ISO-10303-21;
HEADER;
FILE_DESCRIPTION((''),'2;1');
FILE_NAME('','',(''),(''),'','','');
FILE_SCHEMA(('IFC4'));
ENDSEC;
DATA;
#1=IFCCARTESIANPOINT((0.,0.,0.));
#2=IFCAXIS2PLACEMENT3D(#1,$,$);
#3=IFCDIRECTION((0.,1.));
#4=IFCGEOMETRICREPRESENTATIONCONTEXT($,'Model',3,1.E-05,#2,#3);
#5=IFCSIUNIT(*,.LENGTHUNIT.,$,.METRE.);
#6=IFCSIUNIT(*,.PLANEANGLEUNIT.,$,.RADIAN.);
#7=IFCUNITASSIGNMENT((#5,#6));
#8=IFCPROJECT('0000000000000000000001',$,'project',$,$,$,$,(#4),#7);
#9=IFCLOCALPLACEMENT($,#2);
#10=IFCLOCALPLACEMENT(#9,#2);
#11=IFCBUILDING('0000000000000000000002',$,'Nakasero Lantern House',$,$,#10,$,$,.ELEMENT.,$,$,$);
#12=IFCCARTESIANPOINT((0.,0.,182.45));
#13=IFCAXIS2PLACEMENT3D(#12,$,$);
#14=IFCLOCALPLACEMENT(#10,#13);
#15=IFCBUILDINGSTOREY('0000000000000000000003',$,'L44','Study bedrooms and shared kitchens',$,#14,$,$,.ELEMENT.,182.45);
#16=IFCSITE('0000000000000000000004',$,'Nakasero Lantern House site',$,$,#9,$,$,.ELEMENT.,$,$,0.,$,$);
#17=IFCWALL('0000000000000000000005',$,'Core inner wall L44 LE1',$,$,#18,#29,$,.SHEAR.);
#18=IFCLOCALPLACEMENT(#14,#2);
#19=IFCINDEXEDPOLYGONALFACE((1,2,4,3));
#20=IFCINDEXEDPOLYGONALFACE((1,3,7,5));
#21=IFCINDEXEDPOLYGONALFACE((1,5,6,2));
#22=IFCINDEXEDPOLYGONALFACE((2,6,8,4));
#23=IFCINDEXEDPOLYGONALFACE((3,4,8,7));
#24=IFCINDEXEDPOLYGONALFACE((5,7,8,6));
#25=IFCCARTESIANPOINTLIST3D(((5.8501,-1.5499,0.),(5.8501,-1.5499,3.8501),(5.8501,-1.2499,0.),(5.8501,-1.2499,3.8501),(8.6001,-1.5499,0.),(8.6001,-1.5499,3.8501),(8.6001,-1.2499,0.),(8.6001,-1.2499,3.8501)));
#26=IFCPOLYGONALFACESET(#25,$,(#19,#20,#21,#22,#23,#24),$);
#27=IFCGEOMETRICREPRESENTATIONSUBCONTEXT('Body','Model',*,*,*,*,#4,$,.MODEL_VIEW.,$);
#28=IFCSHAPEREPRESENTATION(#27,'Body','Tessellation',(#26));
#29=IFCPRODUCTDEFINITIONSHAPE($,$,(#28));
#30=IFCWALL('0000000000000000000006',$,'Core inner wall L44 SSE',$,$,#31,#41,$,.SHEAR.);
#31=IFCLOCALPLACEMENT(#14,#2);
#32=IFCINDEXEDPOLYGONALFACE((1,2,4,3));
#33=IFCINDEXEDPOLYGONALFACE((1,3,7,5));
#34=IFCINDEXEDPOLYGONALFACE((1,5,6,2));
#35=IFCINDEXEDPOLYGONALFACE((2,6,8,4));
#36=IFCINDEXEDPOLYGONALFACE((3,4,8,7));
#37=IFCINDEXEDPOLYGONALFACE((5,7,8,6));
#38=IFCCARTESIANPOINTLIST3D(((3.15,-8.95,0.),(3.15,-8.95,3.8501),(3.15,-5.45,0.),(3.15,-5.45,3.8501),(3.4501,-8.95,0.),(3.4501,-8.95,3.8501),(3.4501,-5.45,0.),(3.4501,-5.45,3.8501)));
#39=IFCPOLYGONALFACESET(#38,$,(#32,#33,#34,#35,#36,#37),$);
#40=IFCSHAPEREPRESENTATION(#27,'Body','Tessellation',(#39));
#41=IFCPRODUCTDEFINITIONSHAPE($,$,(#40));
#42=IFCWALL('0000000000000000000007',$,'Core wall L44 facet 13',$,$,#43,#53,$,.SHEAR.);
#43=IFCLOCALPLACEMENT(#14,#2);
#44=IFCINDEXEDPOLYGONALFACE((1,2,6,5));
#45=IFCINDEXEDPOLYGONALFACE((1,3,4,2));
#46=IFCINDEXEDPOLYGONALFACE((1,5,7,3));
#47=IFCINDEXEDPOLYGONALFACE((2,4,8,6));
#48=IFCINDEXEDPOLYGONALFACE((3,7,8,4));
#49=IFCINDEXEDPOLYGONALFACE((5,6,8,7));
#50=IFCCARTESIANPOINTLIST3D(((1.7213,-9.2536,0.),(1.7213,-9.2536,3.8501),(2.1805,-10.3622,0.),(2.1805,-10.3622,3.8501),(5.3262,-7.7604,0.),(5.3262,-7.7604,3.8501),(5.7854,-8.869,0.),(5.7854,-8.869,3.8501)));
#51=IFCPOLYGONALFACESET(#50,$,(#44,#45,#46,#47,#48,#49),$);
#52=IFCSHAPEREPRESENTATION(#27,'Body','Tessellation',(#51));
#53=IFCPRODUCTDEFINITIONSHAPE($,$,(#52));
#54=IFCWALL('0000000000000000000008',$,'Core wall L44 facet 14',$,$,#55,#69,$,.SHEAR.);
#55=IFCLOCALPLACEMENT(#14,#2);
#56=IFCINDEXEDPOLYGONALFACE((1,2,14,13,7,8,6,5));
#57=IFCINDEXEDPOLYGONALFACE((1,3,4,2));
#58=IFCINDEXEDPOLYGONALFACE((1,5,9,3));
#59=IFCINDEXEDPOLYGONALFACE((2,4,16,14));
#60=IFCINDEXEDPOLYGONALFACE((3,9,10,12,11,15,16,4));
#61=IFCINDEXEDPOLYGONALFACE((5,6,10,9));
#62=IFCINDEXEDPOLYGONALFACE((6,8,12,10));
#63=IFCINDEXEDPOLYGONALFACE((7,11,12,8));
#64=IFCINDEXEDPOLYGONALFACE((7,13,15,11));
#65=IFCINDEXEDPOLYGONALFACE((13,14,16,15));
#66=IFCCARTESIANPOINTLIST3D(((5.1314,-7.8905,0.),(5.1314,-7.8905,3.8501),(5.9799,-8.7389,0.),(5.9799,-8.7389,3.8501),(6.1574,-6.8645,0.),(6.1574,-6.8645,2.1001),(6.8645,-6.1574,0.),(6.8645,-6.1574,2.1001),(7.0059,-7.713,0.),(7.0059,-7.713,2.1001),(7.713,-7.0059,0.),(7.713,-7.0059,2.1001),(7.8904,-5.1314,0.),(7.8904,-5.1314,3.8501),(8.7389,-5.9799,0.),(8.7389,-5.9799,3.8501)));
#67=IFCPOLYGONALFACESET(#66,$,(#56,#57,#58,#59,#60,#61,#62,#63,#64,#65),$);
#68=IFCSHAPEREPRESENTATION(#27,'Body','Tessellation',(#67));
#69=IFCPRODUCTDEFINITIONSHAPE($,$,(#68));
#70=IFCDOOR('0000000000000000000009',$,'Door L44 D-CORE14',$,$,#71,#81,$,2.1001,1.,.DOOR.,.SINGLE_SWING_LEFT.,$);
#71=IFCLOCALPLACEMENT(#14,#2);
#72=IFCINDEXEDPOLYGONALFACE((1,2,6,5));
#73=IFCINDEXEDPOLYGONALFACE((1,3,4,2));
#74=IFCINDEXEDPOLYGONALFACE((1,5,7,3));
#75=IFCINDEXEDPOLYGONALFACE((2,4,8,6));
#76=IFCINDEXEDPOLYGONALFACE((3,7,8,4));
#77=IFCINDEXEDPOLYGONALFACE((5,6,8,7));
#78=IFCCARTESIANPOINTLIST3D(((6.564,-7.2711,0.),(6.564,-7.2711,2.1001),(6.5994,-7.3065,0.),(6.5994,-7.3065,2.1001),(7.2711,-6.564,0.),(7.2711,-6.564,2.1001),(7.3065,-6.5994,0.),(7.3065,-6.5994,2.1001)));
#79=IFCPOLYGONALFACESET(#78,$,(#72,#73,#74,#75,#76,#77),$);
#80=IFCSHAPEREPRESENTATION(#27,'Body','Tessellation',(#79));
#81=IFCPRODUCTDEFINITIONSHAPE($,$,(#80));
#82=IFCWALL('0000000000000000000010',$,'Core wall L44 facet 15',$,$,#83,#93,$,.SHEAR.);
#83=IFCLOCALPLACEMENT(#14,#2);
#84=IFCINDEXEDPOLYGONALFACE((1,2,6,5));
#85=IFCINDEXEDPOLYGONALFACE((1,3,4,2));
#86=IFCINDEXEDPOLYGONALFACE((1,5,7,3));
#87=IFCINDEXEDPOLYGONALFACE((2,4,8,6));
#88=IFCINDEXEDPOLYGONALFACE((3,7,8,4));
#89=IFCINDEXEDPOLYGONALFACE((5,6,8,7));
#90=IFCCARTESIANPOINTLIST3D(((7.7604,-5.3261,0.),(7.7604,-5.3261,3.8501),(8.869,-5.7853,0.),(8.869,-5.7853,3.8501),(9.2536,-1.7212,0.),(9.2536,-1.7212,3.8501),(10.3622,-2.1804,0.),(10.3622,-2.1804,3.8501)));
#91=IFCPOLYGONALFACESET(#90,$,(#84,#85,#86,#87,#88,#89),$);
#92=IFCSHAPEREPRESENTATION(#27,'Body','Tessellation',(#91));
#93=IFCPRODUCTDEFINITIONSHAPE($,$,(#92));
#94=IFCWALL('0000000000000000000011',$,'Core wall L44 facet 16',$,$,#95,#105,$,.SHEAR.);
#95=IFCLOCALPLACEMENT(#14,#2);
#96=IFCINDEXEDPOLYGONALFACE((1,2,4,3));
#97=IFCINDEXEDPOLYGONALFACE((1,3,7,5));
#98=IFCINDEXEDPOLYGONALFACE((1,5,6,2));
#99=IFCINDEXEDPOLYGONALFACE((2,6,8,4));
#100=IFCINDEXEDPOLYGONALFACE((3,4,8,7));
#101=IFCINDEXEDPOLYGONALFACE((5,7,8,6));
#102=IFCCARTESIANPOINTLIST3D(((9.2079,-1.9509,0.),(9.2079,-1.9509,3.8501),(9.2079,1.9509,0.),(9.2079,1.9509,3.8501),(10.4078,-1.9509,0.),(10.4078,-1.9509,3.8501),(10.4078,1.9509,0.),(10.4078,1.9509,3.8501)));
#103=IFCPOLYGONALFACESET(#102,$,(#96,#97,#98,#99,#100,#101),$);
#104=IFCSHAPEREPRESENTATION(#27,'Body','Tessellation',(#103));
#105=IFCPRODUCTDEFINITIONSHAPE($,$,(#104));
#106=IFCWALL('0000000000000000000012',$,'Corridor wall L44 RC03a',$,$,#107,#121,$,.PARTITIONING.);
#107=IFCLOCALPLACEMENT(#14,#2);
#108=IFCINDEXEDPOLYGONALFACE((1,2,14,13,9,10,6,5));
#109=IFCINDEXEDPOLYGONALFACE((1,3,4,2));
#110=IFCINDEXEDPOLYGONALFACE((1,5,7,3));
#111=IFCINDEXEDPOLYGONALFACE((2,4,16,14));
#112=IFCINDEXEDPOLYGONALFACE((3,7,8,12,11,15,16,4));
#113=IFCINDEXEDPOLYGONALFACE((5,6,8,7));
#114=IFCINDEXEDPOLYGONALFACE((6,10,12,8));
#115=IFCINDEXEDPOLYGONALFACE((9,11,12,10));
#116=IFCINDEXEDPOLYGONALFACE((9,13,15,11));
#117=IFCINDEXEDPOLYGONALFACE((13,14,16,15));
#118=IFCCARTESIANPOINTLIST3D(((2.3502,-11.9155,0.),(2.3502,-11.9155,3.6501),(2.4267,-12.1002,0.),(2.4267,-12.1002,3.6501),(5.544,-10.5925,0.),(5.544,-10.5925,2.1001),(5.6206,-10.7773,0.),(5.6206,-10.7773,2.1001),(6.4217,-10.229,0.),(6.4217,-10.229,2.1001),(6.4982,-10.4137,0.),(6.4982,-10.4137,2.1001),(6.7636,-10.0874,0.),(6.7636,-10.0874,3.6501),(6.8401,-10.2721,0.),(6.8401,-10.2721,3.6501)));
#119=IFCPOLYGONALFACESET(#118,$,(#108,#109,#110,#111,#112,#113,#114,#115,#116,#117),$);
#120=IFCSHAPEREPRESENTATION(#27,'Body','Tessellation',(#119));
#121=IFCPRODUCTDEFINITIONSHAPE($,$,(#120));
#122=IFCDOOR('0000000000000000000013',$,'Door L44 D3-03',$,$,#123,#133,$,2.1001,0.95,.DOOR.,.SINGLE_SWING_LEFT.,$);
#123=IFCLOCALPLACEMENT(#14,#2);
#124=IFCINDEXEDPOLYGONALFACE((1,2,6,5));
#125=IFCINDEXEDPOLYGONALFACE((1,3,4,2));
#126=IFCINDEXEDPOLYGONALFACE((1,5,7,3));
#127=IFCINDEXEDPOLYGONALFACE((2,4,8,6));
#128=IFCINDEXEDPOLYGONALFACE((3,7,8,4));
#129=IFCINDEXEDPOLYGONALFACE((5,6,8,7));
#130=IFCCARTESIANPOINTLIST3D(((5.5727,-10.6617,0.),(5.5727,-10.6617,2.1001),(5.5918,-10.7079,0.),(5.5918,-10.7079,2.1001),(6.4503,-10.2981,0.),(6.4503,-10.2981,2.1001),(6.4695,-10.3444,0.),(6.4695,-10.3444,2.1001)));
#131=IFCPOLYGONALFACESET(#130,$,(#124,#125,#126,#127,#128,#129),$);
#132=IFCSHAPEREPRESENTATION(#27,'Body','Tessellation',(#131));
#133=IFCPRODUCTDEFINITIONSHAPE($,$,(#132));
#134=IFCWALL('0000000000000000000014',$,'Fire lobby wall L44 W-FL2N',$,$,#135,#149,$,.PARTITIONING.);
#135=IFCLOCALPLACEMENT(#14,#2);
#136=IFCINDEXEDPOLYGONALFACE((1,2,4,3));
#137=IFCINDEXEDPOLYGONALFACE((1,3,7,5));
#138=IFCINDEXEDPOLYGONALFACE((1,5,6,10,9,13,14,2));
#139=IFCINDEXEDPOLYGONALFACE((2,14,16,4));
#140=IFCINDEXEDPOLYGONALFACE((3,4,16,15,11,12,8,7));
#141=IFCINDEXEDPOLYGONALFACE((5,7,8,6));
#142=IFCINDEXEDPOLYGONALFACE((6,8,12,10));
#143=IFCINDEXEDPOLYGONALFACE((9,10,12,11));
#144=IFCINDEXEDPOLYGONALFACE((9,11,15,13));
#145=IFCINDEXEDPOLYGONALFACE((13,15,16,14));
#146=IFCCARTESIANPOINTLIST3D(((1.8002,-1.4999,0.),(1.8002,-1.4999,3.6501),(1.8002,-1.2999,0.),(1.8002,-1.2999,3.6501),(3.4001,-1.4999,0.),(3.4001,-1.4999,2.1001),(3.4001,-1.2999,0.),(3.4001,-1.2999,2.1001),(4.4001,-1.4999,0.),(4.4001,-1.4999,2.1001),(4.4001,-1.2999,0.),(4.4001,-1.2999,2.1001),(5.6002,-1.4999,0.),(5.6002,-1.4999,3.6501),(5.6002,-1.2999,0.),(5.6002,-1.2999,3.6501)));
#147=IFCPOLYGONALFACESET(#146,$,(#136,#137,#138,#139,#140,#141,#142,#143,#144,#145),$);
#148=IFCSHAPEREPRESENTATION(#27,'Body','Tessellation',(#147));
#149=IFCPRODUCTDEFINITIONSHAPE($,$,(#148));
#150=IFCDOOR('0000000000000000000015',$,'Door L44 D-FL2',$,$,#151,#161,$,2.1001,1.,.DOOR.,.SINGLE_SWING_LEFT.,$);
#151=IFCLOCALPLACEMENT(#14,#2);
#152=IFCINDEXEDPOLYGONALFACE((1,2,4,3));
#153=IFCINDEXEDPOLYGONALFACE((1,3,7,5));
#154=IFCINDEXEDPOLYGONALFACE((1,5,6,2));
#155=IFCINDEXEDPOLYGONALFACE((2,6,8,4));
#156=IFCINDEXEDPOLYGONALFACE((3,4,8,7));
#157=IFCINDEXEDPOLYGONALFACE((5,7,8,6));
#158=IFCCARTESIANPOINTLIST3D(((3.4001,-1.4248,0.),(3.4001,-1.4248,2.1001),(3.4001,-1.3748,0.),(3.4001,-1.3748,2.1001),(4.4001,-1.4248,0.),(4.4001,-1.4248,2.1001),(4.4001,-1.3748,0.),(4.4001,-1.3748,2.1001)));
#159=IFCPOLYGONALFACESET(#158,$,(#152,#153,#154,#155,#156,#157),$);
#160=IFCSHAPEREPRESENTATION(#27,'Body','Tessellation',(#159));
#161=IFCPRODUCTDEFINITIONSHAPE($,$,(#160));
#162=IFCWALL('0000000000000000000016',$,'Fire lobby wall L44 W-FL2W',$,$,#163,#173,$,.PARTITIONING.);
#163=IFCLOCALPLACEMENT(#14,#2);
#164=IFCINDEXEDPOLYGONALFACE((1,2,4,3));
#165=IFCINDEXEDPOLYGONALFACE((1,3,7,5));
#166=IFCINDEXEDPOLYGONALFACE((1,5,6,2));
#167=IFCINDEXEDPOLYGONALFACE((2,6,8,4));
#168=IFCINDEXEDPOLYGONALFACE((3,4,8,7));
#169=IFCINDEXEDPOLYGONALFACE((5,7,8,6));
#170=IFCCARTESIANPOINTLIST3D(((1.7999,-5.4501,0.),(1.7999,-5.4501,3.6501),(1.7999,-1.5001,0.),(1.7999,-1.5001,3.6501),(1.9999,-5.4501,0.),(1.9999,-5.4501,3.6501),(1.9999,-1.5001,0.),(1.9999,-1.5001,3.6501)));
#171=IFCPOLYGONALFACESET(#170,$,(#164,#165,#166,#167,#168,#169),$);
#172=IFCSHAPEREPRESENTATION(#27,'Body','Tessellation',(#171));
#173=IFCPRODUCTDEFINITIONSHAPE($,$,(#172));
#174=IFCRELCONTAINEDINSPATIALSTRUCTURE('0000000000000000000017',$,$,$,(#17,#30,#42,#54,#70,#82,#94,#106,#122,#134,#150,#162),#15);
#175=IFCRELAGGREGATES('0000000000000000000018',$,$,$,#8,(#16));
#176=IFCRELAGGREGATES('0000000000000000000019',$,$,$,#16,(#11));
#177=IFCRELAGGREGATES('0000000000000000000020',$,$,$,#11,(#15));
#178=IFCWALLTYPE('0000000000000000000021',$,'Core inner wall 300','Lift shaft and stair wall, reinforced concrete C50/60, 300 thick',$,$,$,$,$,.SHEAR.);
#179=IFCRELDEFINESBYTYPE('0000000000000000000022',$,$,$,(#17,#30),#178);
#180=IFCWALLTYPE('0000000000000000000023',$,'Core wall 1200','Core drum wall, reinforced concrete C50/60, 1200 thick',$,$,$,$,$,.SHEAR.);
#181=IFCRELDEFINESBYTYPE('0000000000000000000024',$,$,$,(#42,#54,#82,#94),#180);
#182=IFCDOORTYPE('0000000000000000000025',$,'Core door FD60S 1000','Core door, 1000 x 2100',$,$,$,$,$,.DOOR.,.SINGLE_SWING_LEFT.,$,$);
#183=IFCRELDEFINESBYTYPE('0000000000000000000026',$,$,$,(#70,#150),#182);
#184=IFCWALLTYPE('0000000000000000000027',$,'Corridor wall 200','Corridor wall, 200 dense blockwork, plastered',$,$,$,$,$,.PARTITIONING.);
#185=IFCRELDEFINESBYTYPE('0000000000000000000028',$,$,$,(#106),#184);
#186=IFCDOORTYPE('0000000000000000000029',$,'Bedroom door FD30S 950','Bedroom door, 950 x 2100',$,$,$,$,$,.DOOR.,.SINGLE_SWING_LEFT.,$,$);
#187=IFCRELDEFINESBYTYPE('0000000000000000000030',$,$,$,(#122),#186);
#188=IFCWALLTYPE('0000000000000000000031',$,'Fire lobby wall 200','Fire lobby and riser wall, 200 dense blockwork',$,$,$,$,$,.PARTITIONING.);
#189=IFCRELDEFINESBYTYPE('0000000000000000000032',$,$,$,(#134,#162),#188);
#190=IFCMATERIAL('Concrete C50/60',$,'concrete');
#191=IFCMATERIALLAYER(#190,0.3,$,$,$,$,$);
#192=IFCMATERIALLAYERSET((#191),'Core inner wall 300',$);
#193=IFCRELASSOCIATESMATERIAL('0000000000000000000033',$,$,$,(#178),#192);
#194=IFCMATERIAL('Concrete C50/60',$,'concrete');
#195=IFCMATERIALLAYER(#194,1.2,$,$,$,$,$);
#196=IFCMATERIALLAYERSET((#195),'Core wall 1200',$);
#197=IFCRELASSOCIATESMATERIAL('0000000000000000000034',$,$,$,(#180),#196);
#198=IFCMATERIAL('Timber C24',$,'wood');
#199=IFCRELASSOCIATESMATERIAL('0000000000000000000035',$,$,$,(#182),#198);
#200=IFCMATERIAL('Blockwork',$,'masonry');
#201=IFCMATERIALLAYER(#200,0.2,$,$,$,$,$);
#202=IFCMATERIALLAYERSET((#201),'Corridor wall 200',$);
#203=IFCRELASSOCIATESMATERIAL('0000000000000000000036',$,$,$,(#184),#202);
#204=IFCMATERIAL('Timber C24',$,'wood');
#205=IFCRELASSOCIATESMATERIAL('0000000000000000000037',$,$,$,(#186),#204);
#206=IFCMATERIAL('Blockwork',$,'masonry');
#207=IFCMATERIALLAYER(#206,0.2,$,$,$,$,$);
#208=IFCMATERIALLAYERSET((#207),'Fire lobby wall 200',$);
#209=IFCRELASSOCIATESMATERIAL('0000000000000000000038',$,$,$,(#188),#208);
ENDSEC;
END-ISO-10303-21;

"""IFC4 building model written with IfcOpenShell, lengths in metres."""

from ifc_helpers import new_model, si_unit, direction, frame, frame_2d, origin, place, context, subcontext, project, spatial, rectangle, extrude, material, layer, layer_set, type_object, element, fill, save


model = new_model("IFC4")

# Units and contexts
model_context = context("Model", 3, precision=1e-05, world=origin(), true_north=direction((0.0, 1.0)))
body_context = subcontext(model_context, "Body", "Model", "MODEL_VIEW")
ifc_project = project(units=[si_unit("LENGTHUNIT", "METRE"), si_unit("PLANEANGLEUNIT", "RADIAN")], contexts=[model_context])

# Site, building, storey
site_placement = place(None, origin())
site = spatial("IfcSite", under=ifc_project, at=site_placement, Name="Nakasero Lantern House site", CompositionType="ELEMENT", RefElevation=0.0)
building_placement = place(site_placement, origin())
building = spatial("IfcBuilding", under=site, at=building_placement, Name="Nakasero Lantern House", CompositionType="ELEMENT")
storey_placement = place(building_placement, frame((0.0, 0.0, 182.45)))
storey = spatial("IfcBuildingStorey", under=building, at=storey_placement, Name="L44", Description="Study bedrooms and shared kitchens", CompositionType="ELEMENT", Elevation=182.45)

# Shared definitions
ifc_material_1 = material(Name="Concrete C50/60", Category="concrete")
ifc_layer_1 = layer(ifc_material_1, 0.3)
ifc_layer_set_1 = layer_set([ifc_layer_1], Name="Core inner wall 300")
wall_type_1 = type_object("IfcWallType", Name="Core inner wall 300", Description="Lift shaft and stair wall, reinforced concrete C50/60, 300 thick", PredefinedType="SHEAR", material=ifc_layer_set_1)

# Walls
wall_1_placement = place(storey_placement, frame((5.8501, -1.3999, 0.0), z_axis=(0.0, 0.0, 1.0), x_axis=(1.0, 0.0, 0.0)))
element("IfcWall", 1, at=wall_1_placement, inside=storey, type_object=wall_type_1, Name="Core inner wall L44 LE1", PredefinedType="SHEAR", context=body_context, shape_type="SweptSolid", body=[
    extrude(rectangle(XDim=2.75, YDim=0.3, at=frame_2d((1.375, 0.0))), origin(), (0.0, 0.0, 1.0), 3.8501),
])
wall_2_placement = place(storey_placement, frame((3.3, -5.45, 0.0), z_axis=(0.0, 0.0, 1.0), x_axis=(0.0, -1.0, 0.0)))
element("IfcWall", 2, at=wall_2_placement, inside=storey, type_object=wall_type_1, Name="Core inner wall L44 SSE", PredefinedType="SHEAR", context=body_context, shape_type="SweptSolid", body=[
    extrude(rectangle(XDim=3.5, YDim=0.3, at=frame_2d((1.75, 0.0))), origin(), (0.0, 0.0, 1.0), 3.8501),
])
ifc_material_2 = material(Name="Concrete C50/60", Category="concrete")
ifc_layer_2 = layer(ifc_material_2, 1.2)
ifc_layer_set_2 = layer_set([ifc_layer_2], Name="Core wall 1200")
wall_type_2 = type_object("IfcWallType", Name="Core wall 1200", Description="Core drum wall, reinforced concrete C50/60, 1200 thick", PredefinedType="SHEAR", material=ifc_layer_set_2)
wall_3_placement = place(storey_placement, frame((1.9509, -9.8079, 0.0), z_axis=(0.0, 0.0, 1.0), x_axis=(0.923877, 0.382691, 0.0)))
element("IfcWall", 3, at=wall_3_placement, inside=storey, type_object=wall_type_2, Name="Core wall L44 facet 13", PredefinedType="SHEAR", context=body_context, shape_type="SweptSolid", body=[
    extrude(rectangle(XDim=3.9019, YDim=1.2, at=frame_2d((1.9509, 0.0))), origin(), (0.0, 0.0, 1.0), 3.8501),
])

# Wall, opening, door
wall_4_placement = place(storey_placement, frame((5.5557, -8.3147, 0.0), z_axis=(0.0, 0.0, 1.0), x_axis=(0.707107, 0.707107, 0.0)))
wall_4 = element("IfcWall", 4, at=wall_4_placement, inside=storey, type_object=wall_type_2, Name="Core wall L44 facet 14", PredefinedType="SHEAR", context=body_context, shape_type="SweptSolid", body=[
    extrude(rectangle(XDim=3.9019, YDim=1.2, at=frame_2d((1.9509, 0.0))), origin(), (0.0, 0.0, 1.0), 3.8501),
])
opening_1_placement = place(wall_4_placement, frame((1.4509, 0.0, 0.0)))
opening_1 = element("IfcOpeningElement", 5, at=opening_1_placement, cuts=wall_4, PredefinedType="OPENING", context=body_context, shape_type="SweptSolid", body=[
    extrude(rectangle(XDim=1.0, YDim=2.1001, at=frame_2d((0.5, 1.05))), frame((0.0, 0.6199, 0.0), z_axis=(0.0, -1.0, 0.0), x_axis=(1.0, 0.0, 0.0)), (0.0, 0.0, 1.0), 1.24),
])
ifc_material_3 = material(Name="Timber C24", Category="wood")
door_type_1 = type_object("IfcDoorType", Name="Core door FD60S 1000", Description="Core door, 1000 x 2100", OperationType="SINGLE_SWING_LEFT", PredefinedType="DOOR", material=ifc_material_3)
door_1_placement = place(opening_1_placement, origin())
door_1 = element("IfcDoor", 6, at=door_1_placement, inside=storey, type_object=door_type_1, Name="Door L44 D-CORE14", OperationType="SINGLE_SWING_LEFT", OverallHeight=2.1001, OverallWidth=1.0, PredefinedType="DOOR", context=body_context, shape_type="SweptSolid", body=[
    extrude(rectangle(XDim=1.0, YDim=2.1001, at=frame_2d((0.5, 1.05))), frame((0.0, 0.0249, 0.0), z_axis=(0.0, -1.0, 0.0), x_axis=(1.0, 0.0, 0.0)), (0.0, 0.0, 1.0), 0.05),
])
fill(opening_1, door_1)

# Walls
for number, where, z_axis, x_axis, name in (
    (7, (8.3147, -5.5557, 0.0), (0.0, 0.0, 1.0), (0.382691, 0.923877, 0.0), "Core wall L44 facet 15"),
    (8, (9.8079, -1.9509, 0.0), (0.0, 0.0, 1.0), (0.0, 1.0, 0.0), "Core wall L44 facet 16"),
):
    element("IfcWall", number, at=place(storey_placement, frame(where, z_axis=z_axis, x_axis=x_axis)), inside=storey, type_object=wall_type_2, Name=name, PredefinedType="SHEAR", context=body_context, shape_type="SweptSolid", body=[
        extrude(rectangle(XDim=3.9019, YDim=1.2, at=frame_2d((1.9509, 0.0))), origin(), (0.0, 0.0, 1.0), 3.8501),
    ])

# Walls, openings, doors
ifc_material_4 = material(Name="Blockwork", Category="masonry")
ifc_layer_3 = layer(ifc_material_4, 0.2)
ifc_layer_set_3 = layer_set([ifc_layer_3], Name="Corridor wall 200")
wall_type_3 = type_object("IfcWallType", Name="Corridor wall 200", Description="Corridor wall, 200 dense blockwork, plastered", PredefinedType="PARTITIONING", material=ifc_layer_set_3)
wall_5_placement = place(storey_placement, frame((6.802, -10.1797, 0.0), z_axis=(0.0, 0.0, 1.0), x_axis=(-0.923882, -0.382677, 0.0)))
wall_5 = element("IfcWall", 9, at=wall_5_placement, inside=storey, type_object=wall_type_3, Name="Corridor wall L44 RC03a", PredefinedType="PARTITIONING", context=body_context, shape_type="SweptSolid", body=[
    extrude(rectangle(XDim=4.7771, YDim=0.2, at=frame_2d((2.3887, 0.0))), origin(), (0.0, 0.0, 1.0), 3.6501),
])
opening_2_placement = place(wall_5_placement, frame((0.3701, 0.0, 0.0)))
opening_2 = element("IfcOpeningElement", 10, at=opening_2_placement, cuts=wall_5, PredefinedType="OPENING", context=body_context, shape_type="SweptSolid", body=[
    extrude(rectangle(XDim=0.95, YDim=2.1001, at=frame_2d((0.4751, 1.05))), frame((0.0, 0.1199, 0.0), z_axis=(0.0, -1.0, 0.0), x_axis=(1.0, 0.0, 0.0)), (0.0, 0.0, 1.0), 0.24),
])
ifc_material_5 = material(Name="Timber C24", Category="wood")
door_type_2 = type_object("IfcDoorType", Name="Bedroom door FD30S 950", Description="Bedroom door, 950 x 2100", OperationType="SINGLE_SWING_LEFT", PredefinedType="DOOR", material=ifc_material_5)
door_2_placement = place(opening_2_placement, origin())
door_2 = element("IfcDoor", 11, at=door_2_placement, inside=storey, type_object=door_type_2, Name="Door L44 D3-03", OperationType="SINGLE_SWING_LEFT", OverallHeight=2.1001, OverallWidth=0.95, PredefinedType="DOOR", context=body_context, shape_type="SweptSolid", body=[
    extrude(rectangle(XDim=0.95, YDim=2.1001, at=frame_2d((0.4751, 1.05))), frame((0.0, 0.0249, 0.0), z_axis=(0.0, -1.0, 0.0), x_axis=(1.0, 0.0, 0.0)), (0.0, 0.0, 1.0), 0.05),
])
fill(opening_2, door_2)
ifc_material_6 = material(Name="Blockwork", Category="masonry")
ifc_layer_4 = layer(ifc_material_6, 0.2)
ifc_layer_set_4 = layer_set([ifc_layer_4], Name="Fire lobby wall 200")
wall_type_4 = type_object("IfcWallType", Name="Fire lobby wall 200", Description="Fire lobby and riser wall, 200 dense blockwork", PredefinedType="PARTITIONING", material=ifc_layer_set_4)
wall_6_placement = place(storey_placement, frame((5.6001, -1.3999, 0.0), z_axis=(0.0, 0.0, 1.0), x_axis=(-1.0, 0.0, 0.0)))
wall_6 = element("IfcWall", 12, at=wall_6_placement, inside=storey, type_object=wall_type_4, Name="Fire lobby wall L44 W-FL2N", PredefinedType="PARTITIONING", context=body_context, shape_type="SweptSolid", body=[
    extrude(rectangle(XDim=3.8, YDim=0.2, at=frame_2d((1.8999, 0.0))), origin(), (0.0, 0.0, 1.0), 3.6501),
])
opening_3_placement = place(wall_6_placement, frame((1.2, 0.0, 0.0)))
opening_3 = element("IfcOpeningElement", 13, at=opening_3_placement, cuts=wall_6, PredefinedType="OPENING", context=body_context, shape_type="SweptSolid", body=[
    extrude(rectangle(XDim=1.0, YDim=2.1001, at=frame_2d((0.5, 1.05))), frame((0.0, 0.1199, 0.0), z_axis=(0.0, -1.0, 0.0), x_axis=(1.0, 0.0, 0.0)), (0.0, 0.0, 1.0), 0.24),
])
door_3_placement = place(opening_3_placement, origin())
door_3 = element("IfcDoor", 14, at=door_3_placement, inside=storey, type_object=door_type_1, Name="Door L44 D-FL2", OperationType="SINGLE_SWING_LEFT", OverallHeight=2.1001, OverallWidth=1.0, PredefinedType="DOOR", context=body_context, shape_type="SweptSolid", body=[
    extrude(rectangle(XDim=1.0, YDim=2.1001, at=frame_2d((0.5, 1.05))), frame((0.0, 0.0249, 0.0), z_axis=(0.0, -1.0, 0.0), x_axis=(1.0, 0.0, 0.0)), (0.0, 0.0, 1.0), 0.05),
])
fill(opening_3, door_3)

# Wall
wall_7_placement = place(storey_placement, frame((1.8999, -1.5, 0.0), z_axis=(0.0, 0.0, 1.0), x_axis=(0.0, -1.0, 0.0)))
element("IfcWall", 15, at=wall_7_placement, inside=storey, type_object=wall_type_4, Name="Fire lobby wall L44 W-FL2W", PredefinedType="PARTITIONING", context=body_context, shape_type="SweptSolid", body=[
    extrude(rectangle(XDim=3.95, YDim=0.2, at=frame_2d((1.9751, 0.0))), origin(), (0.0, 0.0, 1.0), 3.6501),
])

save(model, "model.ifc")
